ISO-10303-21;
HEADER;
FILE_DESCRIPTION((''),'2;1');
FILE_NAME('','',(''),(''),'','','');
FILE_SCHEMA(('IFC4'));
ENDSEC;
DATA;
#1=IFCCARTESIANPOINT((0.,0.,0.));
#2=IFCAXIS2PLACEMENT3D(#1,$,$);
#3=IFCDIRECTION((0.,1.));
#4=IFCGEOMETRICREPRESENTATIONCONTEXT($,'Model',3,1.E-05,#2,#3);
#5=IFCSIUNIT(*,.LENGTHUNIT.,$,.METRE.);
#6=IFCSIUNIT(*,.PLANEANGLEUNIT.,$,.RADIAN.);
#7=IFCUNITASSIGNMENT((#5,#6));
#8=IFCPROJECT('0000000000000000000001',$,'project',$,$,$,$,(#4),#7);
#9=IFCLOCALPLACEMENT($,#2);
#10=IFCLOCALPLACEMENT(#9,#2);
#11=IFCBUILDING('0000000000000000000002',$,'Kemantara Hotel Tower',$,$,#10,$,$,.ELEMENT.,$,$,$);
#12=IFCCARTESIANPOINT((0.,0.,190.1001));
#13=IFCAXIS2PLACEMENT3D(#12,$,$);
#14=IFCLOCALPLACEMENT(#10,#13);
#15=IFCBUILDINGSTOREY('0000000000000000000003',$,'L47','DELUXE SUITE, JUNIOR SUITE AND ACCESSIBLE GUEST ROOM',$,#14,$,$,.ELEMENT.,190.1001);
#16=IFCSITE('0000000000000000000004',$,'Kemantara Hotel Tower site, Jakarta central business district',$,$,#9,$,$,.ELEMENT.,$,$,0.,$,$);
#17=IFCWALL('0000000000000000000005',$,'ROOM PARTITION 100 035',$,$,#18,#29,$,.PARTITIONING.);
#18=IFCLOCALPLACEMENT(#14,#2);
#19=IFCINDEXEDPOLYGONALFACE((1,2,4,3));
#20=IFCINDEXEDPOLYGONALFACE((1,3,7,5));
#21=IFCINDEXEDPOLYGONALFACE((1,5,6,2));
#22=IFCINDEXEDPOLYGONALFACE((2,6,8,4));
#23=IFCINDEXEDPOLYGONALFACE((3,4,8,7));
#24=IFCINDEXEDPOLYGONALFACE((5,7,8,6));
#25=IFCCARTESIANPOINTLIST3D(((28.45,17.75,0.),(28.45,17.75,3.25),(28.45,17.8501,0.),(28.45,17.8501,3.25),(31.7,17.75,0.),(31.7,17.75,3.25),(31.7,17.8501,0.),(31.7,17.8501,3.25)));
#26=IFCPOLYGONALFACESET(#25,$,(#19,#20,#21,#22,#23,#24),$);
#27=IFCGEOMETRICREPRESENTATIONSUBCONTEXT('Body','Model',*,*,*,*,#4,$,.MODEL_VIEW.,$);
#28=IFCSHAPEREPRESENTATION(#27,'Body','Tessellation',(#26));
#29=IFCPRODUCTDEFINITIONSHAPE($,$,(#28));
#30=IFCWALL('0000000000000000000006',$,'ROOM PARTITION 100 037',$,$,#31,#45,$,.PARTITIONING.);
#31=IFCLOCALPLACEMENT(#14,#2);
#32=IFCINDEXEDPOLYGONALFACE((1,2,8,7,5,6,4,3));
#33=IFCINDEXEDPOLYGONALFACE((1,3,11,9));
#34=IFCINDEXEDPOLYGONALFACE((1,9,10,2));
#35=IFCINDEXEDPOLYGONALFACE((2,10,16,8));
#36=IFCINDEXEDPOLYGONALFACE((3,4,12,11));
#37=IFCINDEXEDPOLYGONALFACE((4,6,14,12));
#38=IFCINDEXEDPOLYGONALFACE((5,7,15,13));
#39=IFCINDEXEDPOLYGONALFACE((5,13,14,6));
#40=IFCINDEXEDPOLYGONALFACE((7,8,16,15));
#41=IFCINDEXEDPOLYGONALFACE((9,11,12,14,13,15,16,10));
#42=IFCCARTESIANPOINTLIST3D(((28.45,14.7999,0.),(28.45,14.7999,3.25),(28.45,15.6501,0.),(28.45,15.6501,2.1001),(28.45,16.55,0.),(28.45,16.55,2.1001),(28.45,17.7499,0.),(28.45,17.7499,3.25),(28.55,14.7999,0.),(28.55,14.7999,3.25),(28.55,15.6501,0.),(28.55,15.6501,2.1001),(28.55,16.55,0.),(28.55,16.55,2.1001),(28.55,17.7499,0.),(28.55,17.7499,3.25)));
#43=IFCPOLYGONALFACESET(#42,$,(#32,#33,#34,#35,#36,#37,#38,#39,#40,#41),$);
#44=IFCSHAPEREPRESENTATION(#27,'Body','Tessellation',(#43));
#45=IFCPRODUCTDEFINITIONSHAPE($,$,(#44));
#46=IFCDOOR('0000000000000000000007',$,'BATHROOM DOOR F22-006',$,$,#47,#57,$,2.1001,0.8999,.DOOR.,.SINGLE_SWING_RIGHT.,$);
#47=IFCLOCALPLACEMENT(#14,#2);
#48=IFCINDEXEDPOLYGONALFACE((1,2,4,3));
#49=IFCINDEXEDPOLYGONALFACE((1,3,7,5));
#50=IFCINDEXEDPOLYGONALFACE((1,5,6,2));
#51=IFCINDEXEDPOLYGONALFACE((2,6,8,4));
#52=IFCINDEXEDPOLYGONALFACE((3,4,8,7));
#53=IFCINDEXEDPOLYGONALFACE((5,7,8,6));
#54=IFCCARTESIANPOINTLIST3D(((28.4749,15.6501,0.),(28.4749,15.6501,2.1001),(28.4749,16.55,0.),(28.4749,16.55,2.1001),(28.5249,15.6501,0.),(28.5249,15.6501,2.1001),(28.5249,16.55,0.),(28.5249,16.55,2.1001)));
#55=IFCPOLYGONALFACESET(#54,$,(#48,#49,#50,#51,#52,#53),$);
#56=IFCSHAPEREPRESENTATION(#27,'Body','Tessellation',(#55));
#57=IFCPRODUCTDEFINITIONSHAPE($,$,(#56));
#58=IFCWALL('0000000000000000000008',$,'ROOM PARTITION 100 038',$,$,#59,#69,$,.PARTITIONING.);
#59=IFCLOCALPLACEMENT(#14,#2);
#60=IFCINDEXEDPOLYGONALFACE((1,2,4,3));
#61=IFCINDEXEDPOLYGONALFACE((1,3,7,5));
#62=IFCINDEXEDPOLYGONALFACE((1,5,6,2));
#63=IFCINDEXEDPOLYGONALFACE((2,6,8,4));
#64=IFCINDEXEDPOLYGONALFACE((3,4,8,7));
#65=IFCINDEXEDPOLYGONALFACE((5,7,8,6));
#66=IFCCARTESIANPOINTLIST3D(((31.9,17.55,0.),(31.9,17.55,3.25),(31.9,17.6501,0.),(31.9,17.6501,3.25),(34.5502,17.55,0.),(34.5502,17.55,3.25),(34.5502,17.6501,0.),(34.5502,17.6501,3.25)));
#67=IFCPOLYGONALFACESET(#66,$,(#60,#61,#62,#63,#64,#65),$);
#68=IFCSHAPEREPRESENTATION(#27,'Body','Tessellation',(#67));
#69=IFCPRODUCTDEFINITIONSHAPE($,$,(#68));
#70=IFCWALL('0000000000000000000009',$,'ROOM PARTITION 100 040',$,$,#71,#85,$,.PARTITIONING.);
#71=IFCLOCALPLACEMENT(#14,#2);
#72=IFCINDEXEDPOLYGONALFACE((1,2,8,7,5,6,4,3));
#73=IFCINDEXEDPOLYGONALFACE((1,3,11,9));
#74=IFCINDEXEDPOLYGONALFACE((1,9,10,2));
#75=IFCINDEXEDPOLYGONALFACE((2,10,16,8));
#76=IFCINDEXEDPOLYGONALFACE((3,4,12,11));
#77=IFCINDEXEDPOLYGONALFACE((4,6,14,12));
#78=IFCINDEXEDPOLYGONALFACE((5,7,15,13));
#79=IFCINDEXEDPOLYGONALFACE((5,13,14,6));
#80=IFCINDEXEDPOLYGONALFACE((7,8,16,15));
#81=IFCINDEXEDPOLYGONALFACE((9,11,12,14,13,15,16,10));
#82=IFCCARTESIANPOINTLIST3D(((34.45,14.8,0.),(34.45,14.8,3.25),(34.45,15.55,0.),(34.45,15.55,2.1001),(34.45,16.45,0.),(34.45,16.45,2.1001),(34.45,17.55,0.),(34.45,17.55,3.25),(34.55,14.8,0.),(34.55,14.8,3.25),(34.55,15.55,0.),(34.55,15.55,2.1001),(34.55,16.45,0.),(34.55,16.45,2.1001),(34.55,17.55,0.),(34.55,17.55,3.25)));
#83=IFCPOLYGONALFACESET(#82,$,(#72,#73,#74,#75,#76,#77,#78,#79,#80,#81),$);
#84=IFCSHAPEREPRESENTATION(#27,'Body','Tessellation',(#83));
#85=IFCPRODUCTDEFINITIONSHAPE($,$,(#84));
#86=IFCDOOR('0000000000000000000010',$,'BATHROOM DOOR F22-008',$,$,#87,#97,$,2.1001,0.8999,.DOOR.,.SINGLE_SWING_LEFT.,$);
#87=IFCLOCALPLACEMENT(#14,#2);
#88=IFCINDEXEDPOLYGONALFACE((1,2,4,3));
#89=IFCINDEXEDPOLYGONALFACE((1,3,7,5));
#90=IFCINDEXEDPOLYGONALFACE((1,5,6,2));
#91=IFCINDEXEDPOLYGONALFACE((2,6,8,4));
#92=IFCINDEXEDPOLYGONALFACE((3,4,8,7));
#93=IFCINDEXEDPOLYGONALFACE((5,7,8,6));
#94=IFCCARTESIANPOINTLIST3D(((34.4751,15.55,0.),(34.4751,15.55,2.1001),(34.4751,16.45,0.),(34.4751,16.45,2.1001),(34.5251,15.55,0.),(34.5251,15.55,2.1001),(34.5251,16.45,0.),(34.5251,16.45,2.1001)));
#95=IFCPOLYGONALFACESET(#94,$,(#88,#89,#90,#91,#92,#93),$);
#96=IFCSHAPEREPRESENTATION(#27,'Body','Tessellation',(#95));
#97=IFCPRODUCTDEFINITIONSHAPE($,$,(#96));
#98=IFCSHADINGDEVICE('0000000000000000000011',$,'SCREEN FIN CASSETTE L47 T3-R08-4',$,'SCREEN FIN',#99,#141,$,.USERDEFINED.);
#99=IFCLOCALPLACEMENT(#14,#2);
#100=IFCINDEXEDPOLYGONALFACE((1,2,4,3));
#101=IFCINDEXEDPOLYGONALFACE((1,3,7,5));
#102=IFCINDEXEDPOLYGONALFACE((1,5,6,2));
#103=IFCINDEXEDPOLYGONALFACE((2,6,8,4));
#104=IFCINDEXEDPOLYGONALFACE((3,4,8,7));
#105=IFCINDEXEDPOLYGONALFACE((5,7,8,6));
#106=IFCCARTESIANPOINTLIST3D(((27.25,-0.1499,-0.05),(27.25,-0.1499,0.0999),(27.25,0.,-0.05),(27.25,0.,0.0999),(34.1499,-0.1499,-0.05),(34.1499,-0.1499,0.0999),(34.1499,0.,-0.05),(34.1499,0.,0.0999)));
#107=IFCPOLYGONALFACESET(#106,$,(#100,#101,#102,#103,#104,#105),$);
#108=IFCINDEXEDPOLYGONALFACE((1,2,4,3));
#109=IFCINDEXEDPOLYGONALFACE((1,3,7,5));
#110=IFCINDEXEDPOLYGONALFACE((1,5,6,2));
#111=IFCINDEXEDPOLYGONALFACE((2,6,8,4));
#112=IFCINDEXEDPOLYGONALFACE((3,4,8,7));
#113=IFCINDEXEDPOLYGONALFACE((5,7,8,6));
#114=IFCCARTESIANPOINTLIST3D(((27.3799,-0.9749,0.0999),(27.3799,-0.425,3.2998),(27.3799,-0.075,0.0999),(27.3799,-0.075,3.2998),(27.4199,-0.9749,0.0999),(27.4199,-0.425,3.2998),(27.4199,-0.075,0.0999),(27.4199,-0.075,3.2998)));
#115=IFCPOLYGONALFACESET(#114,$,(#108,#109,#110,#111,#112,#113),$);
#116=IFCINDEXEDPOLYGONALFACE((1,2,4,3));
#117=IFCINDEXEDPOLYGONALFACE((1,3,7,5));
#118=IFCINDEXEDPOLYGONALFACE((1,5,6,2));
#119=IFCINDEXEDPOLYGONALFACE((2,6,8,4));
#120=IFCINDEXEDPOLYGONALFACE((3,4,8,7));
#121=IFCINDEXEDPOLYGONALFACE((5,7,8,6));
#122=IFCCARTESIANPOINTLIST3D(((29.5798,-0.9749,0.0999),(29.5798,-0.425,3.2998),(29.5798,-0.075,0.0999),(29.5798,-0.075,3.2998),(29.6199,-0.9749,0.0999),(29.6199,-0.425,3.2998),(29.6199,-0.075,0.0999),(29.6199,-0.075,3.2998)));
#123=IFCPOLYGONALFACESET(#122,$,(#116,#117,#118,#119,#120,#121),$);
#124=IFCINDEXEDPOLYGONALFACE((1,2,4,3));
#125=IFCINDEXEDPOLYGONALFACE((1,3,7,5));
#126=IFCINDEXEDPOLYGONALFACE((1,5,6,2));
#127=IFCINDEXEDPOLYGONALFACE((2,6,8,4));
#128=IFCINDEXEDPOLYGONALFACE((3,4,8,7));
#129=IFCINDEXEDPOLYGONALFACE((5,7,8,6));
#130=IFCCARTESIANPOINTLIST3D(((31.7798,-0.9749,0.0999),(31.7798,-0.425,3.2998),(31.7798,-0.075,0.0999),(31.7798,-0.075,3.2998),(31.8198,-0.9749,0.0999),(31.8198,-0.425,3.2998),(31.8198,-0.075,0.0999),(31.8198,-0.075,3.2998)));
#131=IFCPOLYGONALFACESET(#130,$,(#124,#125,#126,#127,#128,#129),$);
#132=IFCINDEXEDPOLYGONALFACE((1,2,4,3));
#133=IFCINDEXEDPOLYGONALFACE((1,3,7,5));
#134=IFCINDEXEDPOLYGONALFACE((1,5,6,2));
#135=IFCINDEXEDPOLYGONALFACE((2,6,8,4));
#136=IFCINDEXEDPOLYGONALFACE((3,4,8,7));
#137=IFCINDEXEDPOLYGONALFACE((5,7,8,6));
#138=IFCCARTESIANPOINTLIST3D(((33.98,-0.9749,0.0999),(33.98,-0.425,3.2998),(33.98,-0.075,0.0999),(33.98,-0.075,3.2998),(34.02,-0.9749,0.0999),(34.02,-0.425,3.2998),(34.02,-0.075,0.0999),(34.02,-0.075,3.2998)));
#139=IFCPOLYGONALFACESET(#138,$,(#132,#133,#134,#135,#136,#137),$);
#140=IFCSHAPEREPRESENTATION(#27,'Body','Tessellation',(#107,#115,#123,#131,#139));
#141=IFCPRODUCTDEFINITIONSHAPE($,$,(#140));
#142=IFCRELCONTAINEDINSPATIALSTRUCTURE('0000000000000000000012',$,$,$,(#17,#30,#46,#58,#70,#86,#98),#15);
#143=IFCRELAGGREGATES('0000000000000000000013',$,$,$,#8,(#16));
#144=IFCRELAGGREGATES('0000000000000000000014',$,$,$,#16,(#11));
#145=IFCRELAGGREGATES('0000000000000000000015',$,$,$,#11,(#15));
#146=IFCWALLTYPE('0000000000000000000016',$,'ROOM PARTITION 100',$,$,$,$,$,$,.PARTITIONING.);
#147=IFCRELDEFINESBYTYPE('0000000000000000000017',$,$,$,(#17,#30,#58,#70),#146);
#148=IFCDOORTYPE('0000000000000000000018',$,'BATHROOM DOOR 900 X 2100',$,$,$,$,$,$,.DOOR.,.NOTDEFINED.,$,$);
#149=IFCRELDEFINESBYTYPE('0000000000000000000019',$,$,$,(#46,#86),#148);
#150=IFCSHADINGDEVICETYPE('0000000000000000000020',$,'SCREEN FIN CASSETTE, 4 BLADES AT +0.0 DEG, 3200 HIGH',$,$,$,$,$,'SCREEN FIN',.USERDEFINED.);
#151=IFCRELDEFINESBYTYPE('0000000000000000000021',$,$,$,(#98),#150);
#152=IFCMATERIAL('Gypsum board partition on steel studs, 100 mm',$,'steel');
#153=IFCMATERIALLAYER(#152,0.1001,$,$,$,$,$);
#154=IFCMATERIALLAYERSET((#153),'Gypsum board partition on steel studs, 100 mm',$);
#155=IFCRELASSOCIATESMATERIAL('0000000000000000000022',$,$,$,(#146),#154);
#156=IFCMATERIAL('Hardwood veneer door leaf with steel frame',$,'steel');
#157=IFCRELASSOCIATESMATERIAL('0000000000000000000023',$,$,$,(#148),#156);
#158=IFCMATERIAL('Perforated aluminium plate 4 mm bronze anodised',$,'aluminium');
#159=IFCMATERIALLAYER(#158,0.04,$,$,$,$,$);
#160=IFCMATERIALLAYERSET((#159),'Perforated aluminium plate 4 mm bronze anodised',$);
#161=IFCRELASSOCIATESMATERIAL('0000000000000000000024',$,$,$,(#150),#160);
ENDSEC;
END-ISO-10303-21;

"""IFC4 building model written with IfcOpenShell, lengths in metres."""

from ifc_helpers import new_model, si_unit, direction, frame, frame_2d, origin, origin_2d, place, context, subcontext, project, spatial, polyline, rectangle, outline, extrude, source, transform, mapped, material, layer, layer_set, type_object, element, fill, save


model = new_model("IFC4")

# Units and contexts
model_context = context("Model", 3, precision=1e-05, world=origin(), true_north=direction((0.0, 1.0)))
body_context = subcontext(model_context, "Body", "Model", "MODEL_VIEW")
ifc_project = project(units=[si_unit("LENGTHUNIT", "METRE"), si_unit("PLANEANGLEUNIT", "RADIAN")], contexts=[model_context])

# Site, building, storey
site_placement = place(None, origin())
site = spatial("IfcSite", under=ifc_project, at=site_placement, Name="Kemantara Hotel Tower site, Jakarta central business district", CompositionType="ELEMENT", RefElevation=0.0)
building_placement = place(site_placement, origin())
building = spatial("IfcBuilding", under=site, at=building_placement, Name="Kemantara Hotel Tower", CompositionType="ELEMENT")
storey_placement = place(building_placement, frame((0.0, 0.0, 190.1001)))
storey = spatial("IfcBuildingStorey", under=building, at=storey_placement, Name="L47", Description="DELUXE SUITE, JUNIOR SUITE AND ACCESSIBLE GUEST ROOM", CompositionType="ELEMENT", Elevation=190.1001)

# Shared definitions
ifc_material_1 = material(Name="Hardwood veneer door leaf with steel frame", Category="steel")

# Wall
ifc_material_2 = material(Name="Gypsum board partition on steel studs, 100 mm", Category="steel")
ifc_layer_1 = layer(ifc_material_2, 0.1001)
ifc_layer_set_1 = layer_set([ifc_layer_1], Name="Gypsum board partition on steel studs, 100 mm")
wall_type_1 = type_object("IfcWallType", Name="ROOM PARTITION 100", PredefinedType="PARTITIONING", material=ifc_layer_set_1)
wall_1_placement = place(storey_placement, frame((28.45, 17.8, 0.0), z_axis=(0.0, 0.0, 1.0), x_axis=(1.0, 0.0, 0.0)))
element("IfcWall", 1, at=wall_1_placement, inside=storey, type_object=wall_type_1, Name="ROOM PARTITION 100 035", PredefinedType="PARTITIONING", context=body_context, shape_type="SweptSolid", body=[
    extrude(rectangle(XDim=3.25, YDim=0.1001, at=frame_2d((1.625, 0.0))), origin(), (0.0, 0.0, 1.0), 3.25),
])

# Wall, opening, door
wall_2_placement = place(storey_placement, frame((28.5, 17.75, 0.0), z_axis=(0.0, 0.0, 1.0), x_axis=(0.0, -1.0, 0.0)))
wall_2 = element("IfcWall", 2, at=wall_2_placement, inside=storey, type_object=wall_type_1, Name="ROOM PARTITION 100 037", PredefinedType="PARTITIONING", context=body_context, shape_type="SweptSolid", body=[
    extrude(rectangle(XDim=2.95, YDim=0.1001, at=frame_2d((1.4751, 0.0))), origin(), (0.0, 0.0, 1.0), 3.25),
])
opening_1_placement = place(wall_2_placement, frame((1.2, 0.0, 0.0)))
opening_1 = element("IfcOpeningElement", 3, at=opening_1_placement, cuts=wall_2, PredefinedType="OPENING", context=body_context, shape_type="SweptSolid", body=[
    extrude(rectangle(XDim=0.8999, YDim=2.1001, at=frame_2d((0.45, 1.05))), frame((0.0, 0.0601, 0.0), z_axis=(0.0, -1.0, 0.0), x_axis=(1.0, 0.0, 0.0)), (0.0, 0.0, 1.0), 0.1201),
])
door_type_1 = type_object("IfcDoorType", Name="BATHROOM DOOR 900 X 2100", OperationType="NOTDEFINED", PredefinedType="DOOR", material=ifc_material_1)
door_1_placement = place(opening_1_placement, origin())
door_1 = element("IfcDoor", 4, at=door_1_placement, inside=storey, type_object=door_type_1, Name="BATHROOM DOOR F22-006", OperationType="SINGLE_SWING_RIGHT", OverallHeight=2.1001, OverallWidth=0.8999, PredefinedType="DOOR", context=body_context, shape_type="SweptSolid", body=[
    extrude(rectangle(XDim=0.8999, YDim=2.1001, at=frame_2d((0.45, 1.05))), frame((0.0, 0.0249, 0.0), z_axis=(0.0, -1.0, 0.0), x_axis=(1.0, 0.0, 0.0)), (0.0, 0.0, 1.0), 0.05),
])
fill(opening_1, door_1)

# Wall
wall_3_placement = place(storey_placement, frame((31.8999, 17.6001, 0.0), z_axis=(0.0, 0.0, 1.0), x_axis=(1.0, 0.0, 0.0)))
element("IfcWall", 5, at=wall_3_placement, inside=storey, type_object=wall_type_1, Name="ROOM PARTITION 100 038", PredefinedType="PARTITIONING", context=body_context, shape_type="SweptSolid", body=[
    extrude(rectangle(XDim=2.6501, YDim=0.1001, at=frame_2d((1.3252, 0.0))), origin(), (0.0, 0.0, 1.0), 3.25),
])

# Wall, opening, door
wall_4_placement = place(storey_placement, frame((34.5, 14.8, 0.0), z_axis=(0.0, 0.0, 1.0), x_axis=(0.0, 1.0, 0.0)))
wall_4 = element("IfcWall", 6, at=wall_4_placement, inside=storey, type_object=wall_type_1, Name="ROOM PARTITION 100 040", PredefinedType="PARTITIONING", context=body_context, shape_type="SweptSolid", body=[
    extrude(rectangle(XDim=2.75, YDim=0.1001, at=frame_2d((1.375, 0.0))), origin(), (0.0, 0.0, 1.0), 3.25),
])
opening_2_placement = place(wall_4_placement, frame((0.75, 0.0, 0.0)))
opening_2 = element("IfcOpeningElement", 7, at=opening_2_placement, cuts=wall_4, PredefinedType="OPENING", context=body_context, shape_type="SweptSolid", body=[
    extrude(rectangle(XDim=0.8999, YDim=2.1001, at=frame_2d((0.45, 1.05))), frame((0.0, 0.0601, 0.0), z_axis=(0.0, -1.0, 0.0), x_axis=(1.0, 0.0, 0.0)), (0.0, 0.0, 1.0), 0.1201),
])
door_2_placement = place(opening_2_placement, origin())
door_2 = element("IfcDoor", 8, at=door_2_placement, inside=storey, type_object=door_type_1, Name="BATHROOM DOOR F22-008", OperationType="SINGLE_SWING_LEFT", OverallHeight=2.1001, OverallWidth=0.8999, PredefinedType="DOOR", context=body_context, shape_type="SweptSolid", body=[
    extrude(rectangle(XDim=0.8999, YDim=2.1001, at=frame_2d((0.45, 1.05))), frame((0.0, 0.0249, 0.0), z_axis=(0.0, -1.0, 0.0), x_axis=(1.0, 0.0, 0.0)), (0.0, 0.0, 1.0), 0.05),
])
fill(opening_2, door_2)

# Shading device
ifc_material_3 = material(Name="Perforated aluminium plate 4 mm bronze anodised", Category="aluminium")
ifc_layer_2 = layer(ifc_material_3, 0.04)
ifc_layer_set_2 = layer_set([ifc_layer_2], Name="Perforated aluminium plate 4 mm bronze anodised")
shading_device_type = type_object("IfcShadingDeviceType", Name="SCREEN FIN CASSETTE, 4 BLADES AT +0.0 DEG, 3200 HIGH", ElementType="SCREEN FIN", PredefinedType="USERDEFINED", material=ifc_layer_set_2)
shared_shape = source(origin(), body_context, "Body", "SweptSolid", [
    extrude(rectangle(XDim=6.8999, YDim=0.1499, at=origin_2d()), frame((3.3, -0.075, -0.1499), z_axis=(0.0, 0.0, 1.0), x_axis=(1.0, 0.0, 0.0)), (0.0, 0.0, 1.0), 0.1499),
    extrude(outline(polyline([(0.0, 0.0), (0.8999, 0.0), (0.3501, 3.2), (0.0, 3.2), (0.0, 0.0)])), frame((0.02, -0.075, 0.0), z_axis=(-1.0, 0.0, 0.0), x_axis=(0.0, -1.0, 0.0)), (0.0, 0.0, 1.0), 0.04),
    extrude(outline(polyline([(0.0, 0.0), (0.8999, 0.0), (0.3501, 3.2), (0.0, 3.2), (0.0, 0.0)])), frame((2.22, -0.075, 0.0), z_axis=(-1.0, 0.0, 0.0), x_axis=(0.0, -1.0, 0.0)), (0.0, 0.0, 1.0), 0.04),
    extrude(outline(polyline([(0.0, 0.0), (0.8999, 0.0), (0.3501, 3.2), (0.0, 3.2), (0.0, 0.0)])), frame((4.4199, -0.075, 0.0), z_axis=(-1.0, 0.0, 0.0), x_axis=(0.0, -1.0, 0.0)), (0.0, 0.0, 1.0), 0.04),
    extrude(outline(polyline([(0.0, 0.0), (0.8999, 0.0), (0.3501, 3.2), (0.0, 3.2), (0.0, 0.0)])), frame((6.6201, -0.075, 0.0), z_axis=(-1.0, 0.0, 0.0), x_axis=(0.0, -1.0, 0.0)), (0.0, 0.0, 1.0), 0.04),
])
shading_device_placement = place(storey_placement, frame((27.3999, 0.0, 0.0999), z_axis=(0.0, 0.0, 1.0), x_axis=(1.0, 0.0, 0.0)))
element("IfcShadingDevice", 9, at=shading_device_placement, inside=storey, type_object=shading_device_type, Name="SCREEN FIN CASSETTE L47 T3-R08-4", ObjectType="SCREEN FIN", PredefinedType="USERDEFINED", context=body_context, shape_type="MappedRepresentation", body=[
    mapped(shared_shape, transform((0.0, 0.0, 0.0))),
])

save(model, "model.ifc")
